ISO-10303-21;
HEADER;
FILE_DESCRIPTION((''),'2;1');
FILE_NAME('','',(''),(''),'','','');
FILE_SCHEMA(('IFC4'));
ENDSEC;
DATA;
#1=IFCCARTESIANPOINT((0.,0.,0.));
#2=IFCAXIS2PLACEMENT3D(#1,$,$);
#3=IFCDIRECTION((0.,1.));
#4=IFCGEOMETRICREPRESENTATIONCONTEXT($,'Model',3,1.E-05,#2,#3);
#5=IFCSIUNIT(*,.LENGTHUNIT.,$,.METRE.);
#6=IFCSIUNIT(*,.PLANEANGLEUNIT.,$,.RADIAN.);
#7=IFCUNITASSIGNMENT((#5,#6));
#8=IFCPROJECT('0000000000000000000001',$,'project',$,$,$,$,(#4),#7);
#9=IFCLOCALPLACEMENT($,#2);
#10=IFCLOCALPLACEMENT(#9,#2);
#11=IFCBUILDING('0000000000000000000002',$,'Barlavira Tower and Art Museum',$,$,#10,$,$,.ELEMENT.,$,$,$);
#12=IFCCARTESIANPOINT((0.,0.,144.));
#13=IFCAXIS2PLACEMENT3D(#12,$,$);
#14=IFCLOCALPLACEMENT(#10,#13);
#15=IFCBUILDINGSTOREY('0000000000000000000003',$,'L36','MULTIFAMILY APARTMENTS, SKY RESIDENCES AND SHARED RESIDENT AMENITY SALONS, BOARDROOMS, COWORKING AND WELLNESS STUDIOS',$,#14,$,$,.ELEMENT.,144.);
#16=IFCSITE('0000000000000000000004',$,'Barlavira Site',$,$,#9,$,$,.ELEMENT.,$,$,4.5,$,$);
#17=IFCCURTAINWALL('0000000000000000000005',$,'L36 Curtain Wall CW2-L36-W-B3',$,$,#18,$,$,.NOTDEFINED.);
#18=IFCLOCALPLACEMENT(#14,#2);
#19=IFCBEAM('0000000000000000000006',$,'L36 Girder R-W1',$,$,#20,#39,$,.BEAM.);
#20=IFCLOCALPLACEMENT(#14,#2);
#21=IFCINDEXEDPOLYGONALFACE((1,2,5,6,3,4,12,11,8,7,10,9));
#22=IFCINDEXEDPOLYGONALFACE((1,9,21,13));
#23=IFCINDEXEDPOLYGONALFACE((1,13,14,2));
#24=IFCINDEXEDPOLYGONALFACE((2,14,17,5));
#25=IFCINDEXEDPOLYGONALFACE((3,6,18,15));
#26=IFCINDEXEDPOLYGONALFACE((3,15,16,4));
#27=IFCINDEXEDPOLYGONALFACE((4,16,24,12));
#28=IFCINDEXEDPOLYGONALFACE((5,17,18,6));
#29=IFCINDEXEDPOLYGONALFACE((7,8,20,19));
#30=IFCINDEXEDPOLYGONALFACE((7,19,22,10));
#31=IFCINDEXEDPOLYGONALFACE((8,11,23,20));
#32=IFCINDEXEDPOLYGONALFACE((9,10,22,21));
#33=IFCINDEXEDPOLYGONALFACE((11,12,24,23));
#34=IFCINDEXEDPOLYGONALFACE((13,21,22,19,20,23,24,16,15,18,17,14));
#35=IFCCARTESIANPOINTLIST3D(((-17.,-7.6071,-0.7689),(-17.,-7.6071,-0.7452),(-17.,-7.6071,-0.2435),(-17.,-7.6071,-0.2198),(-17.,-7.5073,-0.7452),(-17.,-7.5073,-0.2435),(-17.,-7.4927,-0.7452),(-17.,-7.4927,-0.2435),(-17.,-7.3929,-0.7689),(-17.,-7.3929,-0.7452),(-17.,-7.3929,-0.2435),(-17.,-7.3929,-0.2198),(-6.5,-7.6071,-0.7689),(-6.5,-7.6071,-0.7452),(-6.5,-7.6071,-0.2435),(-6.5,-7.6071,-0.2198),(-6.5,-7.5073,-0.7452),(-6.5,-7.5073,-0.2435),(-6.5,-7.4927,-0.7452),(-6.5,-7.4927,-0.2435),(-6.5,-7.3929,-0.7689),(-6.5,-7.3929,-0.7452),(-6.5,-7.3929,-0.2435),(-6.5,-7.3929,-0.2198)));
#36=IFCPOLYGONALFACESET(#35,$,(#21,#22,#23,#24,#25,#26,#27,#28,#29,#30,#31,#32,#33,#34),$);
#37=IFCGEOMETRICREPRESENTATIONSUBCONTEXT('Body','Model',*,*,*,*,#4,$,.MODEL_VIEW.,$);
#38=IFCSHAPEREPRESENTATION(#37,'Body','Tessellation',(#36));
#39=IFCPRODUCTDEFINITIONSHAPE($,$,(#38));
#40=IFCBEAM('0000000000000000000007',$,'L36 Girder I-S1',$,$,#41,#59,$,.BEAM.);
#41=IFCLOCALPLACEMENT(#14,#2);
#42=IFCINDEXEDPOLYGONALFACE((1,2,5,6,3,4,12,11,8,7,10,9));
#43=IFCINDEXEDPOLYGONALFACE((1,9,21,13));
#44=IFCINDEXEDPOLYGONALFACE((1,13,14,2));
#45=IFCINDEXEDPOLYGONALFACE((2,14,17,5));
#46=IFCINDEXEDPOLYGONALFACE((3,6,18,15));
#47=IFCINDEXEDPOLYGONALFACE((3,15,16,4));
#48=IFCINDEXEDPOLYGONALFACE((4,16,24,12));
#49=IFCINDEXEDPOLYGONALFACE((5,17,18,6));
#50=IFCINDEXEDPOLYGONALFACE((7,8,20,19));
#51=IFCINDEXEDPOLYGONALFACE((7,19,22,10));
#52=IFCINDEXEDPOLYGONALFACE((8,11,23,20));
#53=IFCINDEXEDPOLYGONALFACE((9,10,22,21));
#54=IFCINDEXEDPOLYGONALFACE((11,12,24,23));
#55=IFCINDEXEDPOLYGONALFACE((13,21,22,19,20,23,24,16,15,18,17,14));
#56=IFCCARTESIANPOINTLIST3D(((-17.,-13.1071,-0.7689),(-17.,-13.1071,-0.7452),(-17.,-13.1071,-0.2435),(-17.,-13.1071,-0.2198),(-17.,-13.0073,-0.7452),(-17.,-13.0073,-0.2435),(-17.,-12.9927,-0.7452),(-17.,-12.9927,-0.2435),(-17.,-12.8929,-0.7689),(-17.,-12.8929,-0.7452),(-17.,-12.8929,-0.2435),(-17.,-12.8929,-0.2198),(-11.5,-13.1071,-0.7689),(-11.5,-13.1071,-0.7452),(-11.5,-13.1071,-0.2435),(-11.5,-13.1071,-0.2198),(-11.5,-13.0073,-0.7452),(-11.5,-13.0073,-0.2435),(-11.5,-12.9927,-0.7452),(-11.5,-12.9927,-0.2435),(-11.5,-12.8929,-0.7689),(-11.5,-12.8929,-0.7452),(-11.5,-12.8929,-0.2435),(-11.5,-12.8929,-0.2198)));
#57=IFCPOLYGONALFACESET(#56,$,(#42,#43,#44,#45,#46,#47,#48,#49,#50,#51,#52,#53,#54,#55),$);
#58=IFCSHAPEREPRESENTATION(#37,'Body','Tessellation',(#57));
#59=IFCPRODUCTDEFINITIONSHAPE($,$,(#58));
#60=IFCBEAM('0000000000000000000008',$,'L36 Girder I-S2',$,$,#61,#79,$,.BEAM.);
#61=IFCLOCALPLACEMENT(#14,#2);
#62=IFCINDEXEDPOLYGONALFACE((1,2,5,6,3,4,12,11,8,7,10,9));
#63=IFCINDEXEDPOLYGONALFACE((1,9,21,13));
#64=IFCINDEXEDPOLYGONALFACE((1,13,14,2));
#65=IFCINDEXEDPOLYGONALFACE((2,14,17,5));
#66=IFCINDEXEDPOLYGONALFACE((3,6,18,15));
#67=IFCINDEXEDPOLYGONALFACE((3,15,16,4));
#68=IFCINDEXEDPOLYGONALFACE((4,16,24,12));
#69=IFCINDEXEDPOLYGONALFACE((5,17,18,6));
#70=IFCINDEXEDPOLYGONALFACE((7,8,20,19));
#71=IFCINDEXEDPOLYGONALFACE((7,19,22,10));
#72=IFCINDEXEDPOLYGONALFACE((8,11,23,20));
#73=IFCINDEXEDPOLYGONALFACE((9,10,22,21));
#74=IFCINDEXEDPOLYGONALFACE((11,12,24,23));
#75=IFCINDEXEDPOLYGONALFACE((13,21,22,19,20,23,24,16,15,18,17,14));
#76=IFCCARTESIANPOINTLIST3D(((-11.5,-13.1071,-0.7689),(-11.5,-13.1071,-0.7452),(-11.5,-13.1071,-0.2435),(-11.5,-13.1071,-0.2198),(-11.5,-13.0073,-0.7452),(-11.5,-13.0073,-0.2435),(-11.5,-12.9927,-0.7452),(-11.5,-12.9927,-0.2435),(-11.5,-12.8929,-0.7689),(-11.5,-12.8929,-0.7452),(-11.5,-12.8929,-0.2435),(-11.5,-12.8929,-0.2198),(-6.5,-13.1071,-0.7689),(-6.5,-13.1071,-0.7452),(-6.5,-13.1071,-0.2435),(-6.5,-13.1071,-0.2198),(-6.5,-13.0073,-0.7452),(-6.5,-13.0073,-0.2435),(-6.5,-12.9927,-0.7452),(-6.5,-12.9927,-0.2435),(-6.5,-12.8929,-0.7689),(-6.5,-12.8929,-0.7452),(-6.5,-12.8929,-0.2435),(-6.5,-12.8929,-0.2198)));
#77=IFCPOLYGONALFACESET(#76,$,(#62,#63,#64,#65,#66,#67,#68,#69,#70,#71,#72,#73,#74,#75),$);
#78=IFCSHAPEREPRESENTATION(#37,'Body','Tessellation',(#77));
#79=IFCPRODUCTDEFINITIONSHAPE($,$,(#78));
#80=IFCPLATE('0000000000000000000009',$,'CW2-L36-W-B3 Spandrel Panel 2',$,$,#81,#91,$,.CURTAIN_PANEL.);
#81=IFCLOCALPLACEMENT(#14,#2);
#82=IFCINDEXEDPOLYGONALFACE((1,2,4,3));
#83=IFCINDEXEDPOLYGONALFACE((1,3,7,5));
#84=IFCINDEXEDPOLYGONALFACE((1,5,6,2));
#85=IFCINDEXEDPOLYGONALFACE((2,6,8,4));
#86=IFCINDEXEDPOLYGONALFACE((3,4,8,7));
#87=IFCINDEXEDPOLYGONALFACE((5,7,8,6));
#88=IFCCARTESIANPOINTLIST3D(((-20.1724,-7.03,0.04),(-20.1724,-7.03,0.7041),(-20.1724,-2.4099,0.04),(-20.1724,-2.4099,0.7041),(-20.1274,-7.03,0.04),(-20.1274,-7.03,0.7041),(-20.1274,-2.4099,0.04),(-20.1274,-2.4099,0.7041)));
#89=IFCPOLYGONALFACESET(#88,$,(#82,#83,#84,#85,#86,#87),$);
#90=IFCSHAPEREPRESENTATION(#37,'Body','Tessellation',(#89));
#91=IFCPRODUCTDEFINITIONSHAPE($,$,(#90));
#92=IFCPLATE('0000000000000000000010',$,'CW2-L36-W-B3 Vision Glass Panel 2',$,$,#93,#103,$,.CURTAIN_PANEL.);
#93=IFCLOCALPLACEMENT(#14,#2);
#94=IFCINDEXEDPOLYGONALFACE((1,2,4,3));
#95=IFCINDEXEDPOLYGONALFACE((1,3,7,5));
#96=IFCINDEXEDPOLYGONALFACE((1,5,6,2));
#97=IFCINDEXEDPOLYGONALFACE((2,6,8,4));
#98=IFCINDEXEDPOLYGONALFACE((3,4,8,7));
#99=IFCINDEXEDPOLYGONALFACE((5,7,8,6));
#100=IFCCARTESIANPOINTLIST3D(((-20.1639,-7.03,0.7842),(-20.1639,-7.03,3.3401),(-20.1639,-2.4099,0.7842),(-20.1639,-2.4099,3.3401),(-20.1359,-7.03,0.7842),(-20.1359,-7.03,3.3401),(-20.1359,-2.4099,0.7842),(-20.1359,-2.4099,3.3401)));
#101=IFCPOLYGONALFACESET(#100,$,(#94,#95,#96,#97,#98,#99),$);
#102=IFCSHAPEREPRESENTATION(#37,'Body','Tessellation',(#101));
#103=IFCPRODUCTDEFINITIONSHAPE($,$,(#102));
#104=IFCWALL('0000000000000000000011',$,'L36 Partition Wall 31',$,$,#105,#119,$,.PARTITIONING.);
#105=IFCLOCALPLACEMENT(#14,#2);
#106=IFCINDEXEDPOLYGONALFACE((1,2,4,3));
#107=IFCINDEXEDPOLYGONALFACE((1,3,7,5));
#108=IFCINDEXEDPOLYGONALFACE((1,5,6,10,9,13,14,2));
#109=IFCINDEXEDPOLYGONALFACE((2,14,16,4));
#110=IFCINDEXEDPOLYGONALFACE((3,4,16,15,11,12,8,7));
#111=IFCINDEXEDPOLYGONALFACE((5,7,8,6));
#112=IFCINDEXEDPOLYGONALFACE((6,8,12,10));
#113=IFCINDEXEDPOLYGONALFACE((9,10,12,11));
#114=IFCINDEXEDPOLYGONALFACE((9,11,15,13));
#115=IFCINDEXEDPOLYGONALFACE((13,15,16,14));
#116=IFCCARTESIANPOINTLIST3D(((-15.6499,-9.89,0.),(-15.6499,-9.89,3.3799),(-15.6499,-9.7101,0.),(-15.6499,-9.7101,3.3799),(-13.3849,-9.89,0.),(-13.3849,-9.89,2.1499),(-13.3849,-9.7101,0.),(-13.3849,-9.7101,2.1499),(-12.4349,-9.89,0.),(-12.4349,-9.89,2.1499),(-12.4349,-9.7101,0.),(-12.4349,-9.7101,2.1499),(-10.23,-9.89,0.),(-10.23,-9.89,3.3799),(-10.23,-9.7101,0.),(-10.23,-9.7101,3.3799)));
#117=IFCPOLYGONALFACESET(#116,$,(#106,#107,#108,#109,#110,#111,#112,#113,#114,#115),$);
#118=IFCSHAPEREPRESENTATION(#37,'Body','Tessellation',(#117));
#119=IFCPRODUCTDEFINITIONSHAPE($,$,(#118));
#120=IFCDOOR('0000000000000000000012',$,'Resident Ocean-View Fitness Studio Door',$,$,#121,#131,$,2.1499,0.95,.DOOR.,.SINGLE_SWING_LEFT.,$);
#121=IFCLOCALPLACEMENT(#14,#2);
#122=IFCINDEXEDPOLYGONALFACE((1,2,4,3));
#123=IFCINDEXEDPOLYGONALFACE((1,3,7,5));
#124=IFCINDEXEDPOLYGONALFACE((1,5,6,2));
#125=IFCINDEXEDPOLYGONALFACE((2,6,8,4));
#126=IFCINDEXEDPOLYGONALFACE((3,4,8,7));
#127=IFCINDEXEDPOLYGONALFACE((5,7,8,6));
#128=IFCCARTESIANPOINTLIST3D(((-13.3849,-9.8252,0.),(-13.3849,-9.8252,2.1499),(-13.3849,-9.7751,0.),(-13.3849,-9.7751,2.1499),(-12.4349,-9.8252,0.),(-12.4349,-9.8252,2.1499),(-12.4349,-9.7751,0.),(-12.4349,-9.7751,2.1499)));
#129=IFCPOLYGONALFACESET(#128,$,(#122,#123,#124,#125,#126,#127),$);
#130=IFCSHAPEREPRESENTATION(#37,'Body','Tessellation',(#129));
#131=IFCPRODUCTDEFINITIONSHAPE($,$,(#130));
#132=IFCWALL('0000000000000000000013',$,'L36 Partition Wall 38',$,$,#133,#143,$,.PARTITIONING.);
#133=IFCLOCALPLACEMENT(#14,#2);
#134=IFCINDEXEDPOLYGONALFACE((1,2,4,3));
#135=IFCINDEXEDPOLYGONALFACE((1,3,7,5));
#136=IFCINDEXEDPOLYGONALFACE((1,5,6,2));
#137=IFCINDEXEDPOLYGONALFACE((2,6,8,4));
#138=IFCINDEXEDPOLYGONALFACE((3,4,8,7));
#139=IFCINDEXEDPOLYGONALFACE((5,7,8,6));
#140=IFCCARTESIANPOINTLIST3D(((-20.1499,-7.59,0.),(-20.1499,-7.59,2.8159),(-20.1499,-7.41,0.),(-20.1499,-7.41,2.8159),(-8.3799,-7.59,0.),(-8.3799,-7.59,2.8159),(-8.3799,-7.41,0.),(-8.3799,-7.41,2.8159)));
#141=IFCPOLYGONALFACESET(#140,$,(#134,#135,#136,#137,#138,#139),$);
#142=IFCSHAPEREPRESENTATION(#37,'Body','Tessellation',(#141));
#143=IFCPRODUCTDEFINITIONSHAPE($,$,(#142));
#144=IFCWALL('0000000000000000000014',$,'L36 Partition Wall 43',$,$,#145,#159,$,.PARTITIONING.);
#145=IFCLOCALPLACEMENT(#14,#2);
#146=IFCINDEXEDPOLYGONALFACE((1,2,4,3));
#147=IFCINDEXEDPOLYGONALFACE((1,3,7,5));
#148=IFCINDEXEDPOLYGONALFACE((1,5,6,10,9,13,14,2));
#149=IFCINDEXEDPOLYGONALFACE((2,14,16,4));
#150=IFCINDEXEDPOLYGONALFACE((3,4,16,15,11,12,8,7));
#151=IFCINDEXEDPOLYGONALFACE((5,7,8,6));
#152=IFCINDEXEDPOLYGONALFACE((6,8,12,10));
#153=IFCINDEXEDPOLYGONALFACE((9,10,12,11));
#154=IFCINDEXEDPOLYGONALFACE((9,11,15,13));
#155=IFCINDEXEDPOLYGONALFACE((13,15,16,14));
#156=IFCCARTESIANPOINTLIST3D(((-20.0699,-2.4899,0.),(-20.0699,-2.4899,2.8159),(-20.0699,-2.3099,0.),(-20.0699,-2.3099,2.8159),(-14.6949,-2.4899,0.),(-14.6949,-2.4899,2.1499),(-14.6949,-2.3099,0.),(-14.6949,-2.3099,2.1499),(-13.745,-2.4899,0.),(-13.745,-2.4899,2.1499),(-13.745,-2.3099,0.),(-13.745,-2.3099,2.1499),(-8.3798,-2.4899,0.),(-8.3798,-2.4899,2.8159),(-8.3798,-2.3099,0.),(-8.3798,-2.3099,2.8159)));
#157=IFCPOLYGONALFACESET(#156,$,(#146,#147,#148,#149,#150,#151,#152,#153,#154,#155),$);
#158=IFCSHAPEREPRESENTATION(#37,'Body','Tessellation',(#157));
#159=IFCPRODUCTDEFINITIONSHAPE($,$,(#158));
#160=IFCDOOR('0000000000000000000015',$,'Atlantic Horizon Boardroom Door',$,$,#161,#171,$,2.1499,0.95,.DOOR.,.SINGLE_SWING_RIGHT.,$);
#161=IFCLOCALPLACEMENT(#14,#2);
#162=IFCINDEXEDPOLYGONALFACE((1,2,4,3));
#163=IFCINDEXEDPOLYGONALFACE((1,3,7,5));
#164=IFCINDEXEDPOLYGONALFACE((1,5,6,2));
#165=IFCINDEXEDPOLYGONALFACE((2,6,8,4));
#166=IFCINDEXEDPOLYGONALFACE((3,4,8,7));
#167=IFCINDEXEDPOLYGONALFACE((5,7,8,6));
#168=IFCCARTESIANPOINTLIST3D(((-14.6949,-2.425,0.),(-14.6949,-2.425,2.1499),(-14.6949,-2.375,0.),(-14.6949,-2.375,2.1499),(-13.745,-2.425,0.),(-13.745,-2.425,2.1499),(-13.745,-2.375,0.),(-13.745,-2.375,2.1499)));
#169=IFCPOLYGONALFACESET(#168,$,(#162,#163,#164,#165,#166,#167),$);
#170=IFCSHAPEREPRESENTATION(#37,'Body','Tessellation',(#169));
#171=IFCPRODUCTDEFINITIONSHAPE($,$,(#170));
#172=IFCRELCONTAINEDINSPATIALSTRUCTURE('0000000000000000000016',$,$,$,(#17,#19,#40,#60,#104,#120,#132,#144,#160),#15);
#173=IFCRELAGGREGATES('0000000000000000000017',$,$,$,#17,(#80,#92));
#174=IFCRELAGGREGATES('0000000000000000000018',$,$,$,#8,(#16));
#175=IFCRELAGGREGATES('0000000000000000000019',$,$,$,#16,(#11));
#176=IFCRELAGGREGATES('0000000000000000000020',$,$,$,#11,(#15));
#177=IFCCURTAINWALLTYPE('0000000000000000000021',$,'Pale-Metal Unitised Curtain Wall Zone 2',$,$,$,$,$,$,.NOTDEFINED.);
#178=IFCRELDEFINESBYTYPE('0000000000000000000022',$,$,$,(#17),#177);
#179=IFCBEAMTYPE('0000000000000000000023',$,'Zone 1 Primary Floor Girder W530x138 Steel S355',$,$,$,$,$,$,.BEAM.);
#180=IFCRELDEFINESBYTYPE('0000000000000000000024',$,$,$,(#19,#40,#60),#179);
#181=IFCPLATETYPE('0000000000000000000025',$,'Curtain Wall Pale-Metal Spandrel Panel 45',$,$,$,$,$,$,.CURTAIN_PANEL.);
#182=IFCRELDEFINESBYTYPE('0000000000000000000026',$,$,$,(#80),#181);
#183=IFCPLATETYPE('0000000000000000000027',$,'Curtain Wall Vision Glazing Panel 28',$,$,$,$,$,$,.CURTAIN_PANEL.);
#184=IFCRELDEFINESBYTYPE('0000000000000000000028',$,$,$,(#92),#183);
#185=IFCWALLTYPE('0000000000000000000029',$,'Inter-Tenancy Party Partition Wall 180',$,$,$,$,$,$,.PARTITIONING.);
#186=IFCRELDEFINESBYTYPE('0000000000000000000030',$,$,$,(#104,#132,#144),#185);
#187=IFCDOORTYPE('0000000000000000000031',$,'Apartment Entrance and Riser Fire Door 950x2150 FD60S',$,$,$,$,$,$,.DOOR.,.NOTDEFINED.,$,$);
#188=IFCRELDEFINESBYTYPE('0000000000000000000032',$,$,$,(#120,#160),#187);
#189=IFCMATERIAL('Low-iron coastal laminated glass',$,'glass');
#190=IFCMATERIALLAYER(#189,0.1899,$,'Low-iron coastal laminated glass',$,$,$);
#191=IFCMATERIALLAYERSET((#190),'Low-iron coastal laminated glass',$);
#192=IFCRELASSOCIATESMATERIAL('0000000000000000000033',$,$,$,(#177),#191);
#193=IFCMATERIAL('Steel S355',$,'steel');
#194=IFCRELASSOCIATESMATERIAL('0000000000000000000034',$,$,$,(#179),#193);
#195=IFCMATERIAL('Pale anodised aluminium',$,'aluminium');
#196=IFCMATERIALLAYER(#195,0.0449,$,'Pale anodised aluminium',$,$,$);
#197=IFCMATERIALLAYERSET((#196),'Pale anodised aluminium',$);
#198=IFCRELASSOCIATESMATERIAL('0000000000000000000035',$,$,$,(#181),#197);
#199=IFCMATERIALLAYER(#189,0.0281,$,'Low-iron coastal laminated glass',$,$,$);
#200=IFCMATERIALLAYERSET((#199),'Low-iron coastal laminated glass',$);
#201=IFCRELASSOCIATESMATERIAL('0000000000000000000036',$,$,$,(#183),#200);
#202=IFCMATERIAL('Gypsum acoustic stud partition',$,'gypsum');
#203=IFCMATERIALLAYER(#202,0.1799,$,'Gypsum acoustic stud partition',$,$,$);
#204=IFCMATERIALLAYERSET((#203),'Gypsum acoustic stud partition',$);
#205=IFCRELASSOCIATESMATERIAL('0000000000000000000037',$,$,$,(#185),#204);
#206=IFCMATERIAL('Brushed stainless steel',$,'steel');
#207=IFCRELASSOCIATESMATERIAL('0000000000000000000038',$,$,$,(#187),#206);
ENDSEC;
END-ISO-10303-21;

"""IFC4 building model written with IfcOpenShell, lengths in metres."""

from ifc_helpers import new_model, si_unit, direction, frame, frame_2d, origin, origin_2d, place, context, subcontext, project, spatial, rectangle, i_section, extrude, material, layer, layer_set, material_profile, profile_set, type_object, element, fill, aggregate, save


model = new_model("IFC4")

# Units and contexts
model_context = context("Model", 3, precision=1e-05, world=origin(), true_north=direction((0.0, 1.0)))
body_context = subcontext(model_context, "Body", "Model", "MODEL_VIEW")
ifc_project = project(units=[si_unit("LENGTHUNIT", "METRE"), si_unit("PLANEANGLEUNIT", "RADIAN")], contexts=[model_context])

# Site, building, storey
site_placement = place(None, origin())
site = spatial("IfcSite", under=ifc_project, at=site_placement, Name="Barlavira Site", CompositionType="ELEMENT", RefElevation=4.5)
building_placement = place(site_placement, origin())
building = spatial("IfcBuilding", under=site, at=building_placement, Name="Barlavira Tower and Art Museum", CompositionType="ELEMENT")
storey_placement = place(building_placement, frame((0.0, 0.0, 144.0)))
storey = spatial("IfcBuildingStorey", under=building, at=storey_placement, Name="L36", Description="MULTIFAMILY APARTMENTS, SKY RESIDENCES AND SHARED RESIDENT AMENITY SALONS, BOARDROOMS, COWORKING AND WELLNESS STUDIOS", CompositionType="ELEMENT", Elevation=144.0)

# Curtain wall
ifc_material_1 = material(Name="Low-iron coastal laminated glass", Category="glass")
ifc_layer_1 = layer(ifc_material_1, 0.1899, Name="Low-iron coastal laminated glass")
ifc_layer_set_1 = layer_set([ifc_layer_1], Name="Low-iron coastal laminated glass")
curtain_wall_type = type_object("IfcCurtainWallType", Name="Pale-Metal Unitised Curtain Wall Zone 2", PredefinedType="NOTDEFINED", material=ifc_layer_set_1)
curtain_wall_placement = place(storey_placement, origin())
curtain_wall = element("IfcCurtainWall", 1, at=curtain_wall_placement, inside=storey, type_object=curtain_wall_type, Name="L36 Curtain Wall CW2-L36-W-B3", PredefinedType="NOTDEFINED")
ifc_material_2 = material(Name="Pale anodised aluminium", Category="aluminium")

# Shared definitions
ifc_material_3 = material(Name="Steel S355", Category="steel")

# Beams
ifc_material_profile_1 = material_profile(ifc_material_3, i_section(OverallWidth=0.2141, OverallDepth=0.5491, WebThickness=0.0146, FlangeThickness=0.0237, at=origin_2d()), Name="W530x138.0")
ifc_profile_set_1 = profile_set([ifc_material_profile_1], Name="Steel S355")
beam_type_1 = type_object("IfcBeamType", Name="Zone 1 Primary Floor Girder W530x138 Steel S355", PredefinedType="BEAM", material=ifc_profile_set_1)
beam_1_placement = place(storey_placement, frame((-17.0, -7.5, -0.4944), z_axis=(1.0, 0.0, 0.0), x_axis=(0.0, 1.0, 0.0)))
element("IfcBeam", 2, at=beam_1_placement, inside=storey, type_object=beam_type_1, Name="L36 Girder R-W1", PredefinedType="BEAM", context=body_context, shape_type="SweptSolid", body=[
    extrude(i_section(OverallWidth=0.2141, OverallDepth=0.5491, WebThickness=0.0146, FlangeThickness=0.0237, at=origin_2d()), origin(), (0.0, 0.0, 1.0), 10.5),
])
beam_2_placement = place(storey_placement, frame((-17.0, -13.0, -0.4944), z_axis=(1.0, 0.0, 0.0), x_axis=(0.0, 1.0, 0.0)))
element("IfcBeam", 3, at=beam_2_placement, inside=storey, type_object=beam_type_1, Name="L36 Girder I-S1", PredefinedType="BEAM", context=body_context, shape_type="SweptSolid", body=[
    extrude(i_section(OverallWidth=0.2141, OverallDepth=0.5491, WebThickness=0.0146, FlangeThickness=0.0237, at=origin_2d()), origin(), (0.0, 0.0, 1.0), 5.5),
])
beam_3_placement = place(storey_placement, frame((-11.5, -13.0, -0.4944), z_axis=(1.0, 0.0, 0.0), x_axis=(0.0, 1.0, 0.0)))
element("IfcBeam", 4, at=beam_3_placement, inside=storey, type_object=beam_type_1, Name="L36 Girder I-S2", PredefinedType="BEAM", context=body_context, shape_type="SweptSolid", body=[
    extrude(i_section(OverallWidth=0.2141, OverallDepth=0.5491, WebThickness=0.0146, FlangeThickness=0.0237, at=origin_2d()), origin(), (0.0, 0.0, 1.0), 5.0),
])

# Plates
ifc_layer_2 = layer(ifc_material_2, 0.0449, Name="Pale anodised aluminium")
ifc_layer_set_2 = layer_set([ifc_layer_2], Name="Pale anodised aluminium")
plate_type_1 = type_object("IfcPlateType", Name="Curtain Wall Pale-Metal Spandrel Panel 45", PredefinedType="CURTAIN_PANEL", material=ifc_layer_set_2)
plate_1_placement = place(storey_placement, frame((-20.1499, -4.72, 0.04), z_axis=(0.0, 0.0, 1.0), x_axis=(0.0, -1.0, 0.0)))
plate_1 = element("IfcPlate", 5, at=plate_1_placement, type_object=plate_type_1, Name="CW2-L36-W-B3 Spandrel Panel 2", PredefinedType="CURTAIN_PANEL", context=body_context, shape_type="SweptSolid", body=[
    extrude(rectangle(XDim=4.6201, YDim=0.0449, at=origin_2d()), origin(), (0.0, 0.0, 1.0), 0.6641),
])
ifc_layer_3 = layer(ifc_material_1, 0.0281, Name="Low-iron coastal laminated glass")
ifc_layer_set_3 = layer_set([ifc_layer_3], Name="Low-iron coastal laminated glass")
plate_type_2 = type_object("IfcPlateType", Name="Curtain Wall Vision Glazing Panel 28", PredefinedType="CURTAIN_PANEL", material=ifc_layer_set_3)
plate_2_placement = place(storey_placement, frame((-20.1499, -4.72, 0.7842), z_axis=(0.0, 0.0, 1.0), x_axis=(0.0, -1.0, 0.0)))
plate_2 = element("IfcPlate", 6, at=plate_2_placement, type_object=plate_type_2, Name="CW2-L36-W-B3 Vision Glass Panel 2", PredefinedType="CURTAIN_PANEL", context=body_context, shape_type="SweptSolid", body=[
    extrude(rectangle(XDim=4.6201, YDim=0.0281, at=origin_2d()), origin(), (0.0, 0.0, 1.0), 2.5559),
])
aggregate(curtain_wall, [plate_1, plate_2])

# Wall, opening, door
ifc_material_4 = material(Name="Gypsum acoustic stud partition", Category="gypsum")
ifc_layer_4 = layer(ifc_material_4, 0.1799, Name="Gypsum acoustic stud partition")
ifc_layer_set_4 = layer_set([ifc_layer_4], Name="Gypsum acoustic stud partition")
wall_type_1 = type_object("IfcWallType", Name="Inter-Tenancy Party Partition Wall 180", PredefinedType="PARTITIONING", material=ifc_layer_set_4)
wall_1_placement = place(storey_placement, frame((-15.6499, -9.8, 0.0), z_axis=(0.0, 0.0, 1.0), x_axis=(1.0, 0.0, 0.0)))
wall_1 = element("IfcWall", 7, at=wall_1_placement, inside=storey, type_object=wall_type_1, Name="L36 Partition Wall 31", PredefinedType="PARTITIONING", context=body_context, shape_type="SweptSolid", body=[
    extrude(rectangle(XDim=5.4199, YDim=0.1799, at=frame_2d((2.71, 0.0))), origin(), (0.0, 0.0, 1.0), 3.3799),
])
opening_1_placement = place(wall_1_placement, frame((2.2649, 0.0, 0.0)))
opening_1 = element("IfcOpeningElement", 8, at=opening_1_placement, cuts=wall_1, PredefinedType="OPENING", context=body_context, shape_type="SweptSolid", body=[
    extrude(rectangle(XDim=0.95, YDim=2.1499, at=frame_2d((0.4751, 1.075))), frame((0.0, 0.1001, 0.0), z_axis=(0.0, -1.0, 0.0), x_axis=(1.0, 0.0, 0.0)), (0.0, 0.0, 1.0), 0.2),
])
ifc_material_5 = material(Name="Brushed stainless steel", Category="steel")
door_type = type_object("IfcDoorType", Name="Apartment Entrance and Riser Fire Door 950x2150 FD60S", OperationType="NOTDEFINED", PredefinedType="DOOR", material=ifc_material_5)
door_1_placement = place(opening_1_placement, origin())
door_1 = element("IfcDoor", 9, at=door_1_placement, inside=storey, type_object=door_type, Name="Resident Ocean-View Fitness Studio Door", OperationType="SINGLE_SWING_LEFT", OverallHeight=2.1499, OverallWidth=0.95, PredefinedType="DOOR", context=body_context, shape_type="SweptSolid", body=[
    extrude(rectangle(XDim=0.95, YDim=2.1499, at=frame_2d((0.4751, 1.075))), frame((0.0, 0.0249, 0.0), z_axis=(0.0, -1.0, 0.0), x_axis=(1.0, 0.0, 0.0)), (0.0, 0.0, 1.0), 0.05),
])
fill(opening_1, door_1)

# Wall
wall_2_placement = place(storey_placement, frame((-20.1499, -7.5, 0.0), z_axis=(0.0, 0.0, 1.0), x_axis=(1.0, 0.0, 0.0)))
element("IfcWall", 10, at=wall_2_placement, inside=storey, type_object=wall_type_1, Name="L36 Partition Wall 38", PredefinedType="PARTITIONING", context=body_context, shape_type="SweptSolid", body=[
    extrude(rectangle(XDim=11.77, YDim=0.1799, at=frame_2d((5.885, 0.0))), origin(), (0.0, 0.0, 1.0), 2.8159),
])

# Wall, opening, door
wall_3_placement = place(storey_placement, frame((-20.0701, -2.3999, 0.0), z_axis=(0.0, 0.0, 1.0), x_axis=(1.0, 0.0, 0.0)))
wall_3 = element("IfcWall", 11, at=wall_3_placement, inside=storey, type_object=wall_type_1, Name="L36 Partition Wall 43", PredefinedType="PARTITIONING", context=body_context, shape_type="SweptSolid", body=[
    extrude(rectangle(XDim=11.6902, YDim=0.1799, at=frame_2d((5.8452, 0.0))), origin(), (0.0, 0.0, 1.0), 2.8159),
])
opening_2_placement = place(wall_3_placement, frame((5.375, 0.0, 0.0)))
opening_2 = element("IfcOpeningElement", 12, at=opening_2_placement, cuts=wall_3, PredefinedType="OPENING", context=body_context, shape_type="SweptSolid", body=[
    extrude(rectangle(XDim=0.95, YDim=2.1499, at=frame_2d((0.4751, 1.075))), frame((0.0, 0.1001, 0.0), z_axis=(0.0, -1.0, 0.0), x_axis=(1.0, 0.0, 0.0)), (0.0, 0.0, 1.0), 0.2),
])
door_2_placement = place(opening_2_placement, origin())
door_2 = element("IfcDoor", 13, at=door_2_placement, inside=storey, type_object=door_type, Name="Atlantic Horizon Boardroom Door", OperationType="SINGLE_SWING_RIGHT", OverallHeight=2.1499, OverallWidth=0.95, PredefinedType="DOOR", context=body_context, shape_type="SweptSolid", body=[
    extrude(rectangle(XDim=0.95, YDim=2.1499, at=frame_2d((0.4751, 1.075))), frame((0.0, 0.0249, 0.0), z_axis=(0.0, -1.0, 0.0), x_axis=(1.0, 0.0, 0.0)), (0.0, 0.0, 1.0), 0.05),
])
fill(opening_2, door_2)

save(model, "model.ifc")
